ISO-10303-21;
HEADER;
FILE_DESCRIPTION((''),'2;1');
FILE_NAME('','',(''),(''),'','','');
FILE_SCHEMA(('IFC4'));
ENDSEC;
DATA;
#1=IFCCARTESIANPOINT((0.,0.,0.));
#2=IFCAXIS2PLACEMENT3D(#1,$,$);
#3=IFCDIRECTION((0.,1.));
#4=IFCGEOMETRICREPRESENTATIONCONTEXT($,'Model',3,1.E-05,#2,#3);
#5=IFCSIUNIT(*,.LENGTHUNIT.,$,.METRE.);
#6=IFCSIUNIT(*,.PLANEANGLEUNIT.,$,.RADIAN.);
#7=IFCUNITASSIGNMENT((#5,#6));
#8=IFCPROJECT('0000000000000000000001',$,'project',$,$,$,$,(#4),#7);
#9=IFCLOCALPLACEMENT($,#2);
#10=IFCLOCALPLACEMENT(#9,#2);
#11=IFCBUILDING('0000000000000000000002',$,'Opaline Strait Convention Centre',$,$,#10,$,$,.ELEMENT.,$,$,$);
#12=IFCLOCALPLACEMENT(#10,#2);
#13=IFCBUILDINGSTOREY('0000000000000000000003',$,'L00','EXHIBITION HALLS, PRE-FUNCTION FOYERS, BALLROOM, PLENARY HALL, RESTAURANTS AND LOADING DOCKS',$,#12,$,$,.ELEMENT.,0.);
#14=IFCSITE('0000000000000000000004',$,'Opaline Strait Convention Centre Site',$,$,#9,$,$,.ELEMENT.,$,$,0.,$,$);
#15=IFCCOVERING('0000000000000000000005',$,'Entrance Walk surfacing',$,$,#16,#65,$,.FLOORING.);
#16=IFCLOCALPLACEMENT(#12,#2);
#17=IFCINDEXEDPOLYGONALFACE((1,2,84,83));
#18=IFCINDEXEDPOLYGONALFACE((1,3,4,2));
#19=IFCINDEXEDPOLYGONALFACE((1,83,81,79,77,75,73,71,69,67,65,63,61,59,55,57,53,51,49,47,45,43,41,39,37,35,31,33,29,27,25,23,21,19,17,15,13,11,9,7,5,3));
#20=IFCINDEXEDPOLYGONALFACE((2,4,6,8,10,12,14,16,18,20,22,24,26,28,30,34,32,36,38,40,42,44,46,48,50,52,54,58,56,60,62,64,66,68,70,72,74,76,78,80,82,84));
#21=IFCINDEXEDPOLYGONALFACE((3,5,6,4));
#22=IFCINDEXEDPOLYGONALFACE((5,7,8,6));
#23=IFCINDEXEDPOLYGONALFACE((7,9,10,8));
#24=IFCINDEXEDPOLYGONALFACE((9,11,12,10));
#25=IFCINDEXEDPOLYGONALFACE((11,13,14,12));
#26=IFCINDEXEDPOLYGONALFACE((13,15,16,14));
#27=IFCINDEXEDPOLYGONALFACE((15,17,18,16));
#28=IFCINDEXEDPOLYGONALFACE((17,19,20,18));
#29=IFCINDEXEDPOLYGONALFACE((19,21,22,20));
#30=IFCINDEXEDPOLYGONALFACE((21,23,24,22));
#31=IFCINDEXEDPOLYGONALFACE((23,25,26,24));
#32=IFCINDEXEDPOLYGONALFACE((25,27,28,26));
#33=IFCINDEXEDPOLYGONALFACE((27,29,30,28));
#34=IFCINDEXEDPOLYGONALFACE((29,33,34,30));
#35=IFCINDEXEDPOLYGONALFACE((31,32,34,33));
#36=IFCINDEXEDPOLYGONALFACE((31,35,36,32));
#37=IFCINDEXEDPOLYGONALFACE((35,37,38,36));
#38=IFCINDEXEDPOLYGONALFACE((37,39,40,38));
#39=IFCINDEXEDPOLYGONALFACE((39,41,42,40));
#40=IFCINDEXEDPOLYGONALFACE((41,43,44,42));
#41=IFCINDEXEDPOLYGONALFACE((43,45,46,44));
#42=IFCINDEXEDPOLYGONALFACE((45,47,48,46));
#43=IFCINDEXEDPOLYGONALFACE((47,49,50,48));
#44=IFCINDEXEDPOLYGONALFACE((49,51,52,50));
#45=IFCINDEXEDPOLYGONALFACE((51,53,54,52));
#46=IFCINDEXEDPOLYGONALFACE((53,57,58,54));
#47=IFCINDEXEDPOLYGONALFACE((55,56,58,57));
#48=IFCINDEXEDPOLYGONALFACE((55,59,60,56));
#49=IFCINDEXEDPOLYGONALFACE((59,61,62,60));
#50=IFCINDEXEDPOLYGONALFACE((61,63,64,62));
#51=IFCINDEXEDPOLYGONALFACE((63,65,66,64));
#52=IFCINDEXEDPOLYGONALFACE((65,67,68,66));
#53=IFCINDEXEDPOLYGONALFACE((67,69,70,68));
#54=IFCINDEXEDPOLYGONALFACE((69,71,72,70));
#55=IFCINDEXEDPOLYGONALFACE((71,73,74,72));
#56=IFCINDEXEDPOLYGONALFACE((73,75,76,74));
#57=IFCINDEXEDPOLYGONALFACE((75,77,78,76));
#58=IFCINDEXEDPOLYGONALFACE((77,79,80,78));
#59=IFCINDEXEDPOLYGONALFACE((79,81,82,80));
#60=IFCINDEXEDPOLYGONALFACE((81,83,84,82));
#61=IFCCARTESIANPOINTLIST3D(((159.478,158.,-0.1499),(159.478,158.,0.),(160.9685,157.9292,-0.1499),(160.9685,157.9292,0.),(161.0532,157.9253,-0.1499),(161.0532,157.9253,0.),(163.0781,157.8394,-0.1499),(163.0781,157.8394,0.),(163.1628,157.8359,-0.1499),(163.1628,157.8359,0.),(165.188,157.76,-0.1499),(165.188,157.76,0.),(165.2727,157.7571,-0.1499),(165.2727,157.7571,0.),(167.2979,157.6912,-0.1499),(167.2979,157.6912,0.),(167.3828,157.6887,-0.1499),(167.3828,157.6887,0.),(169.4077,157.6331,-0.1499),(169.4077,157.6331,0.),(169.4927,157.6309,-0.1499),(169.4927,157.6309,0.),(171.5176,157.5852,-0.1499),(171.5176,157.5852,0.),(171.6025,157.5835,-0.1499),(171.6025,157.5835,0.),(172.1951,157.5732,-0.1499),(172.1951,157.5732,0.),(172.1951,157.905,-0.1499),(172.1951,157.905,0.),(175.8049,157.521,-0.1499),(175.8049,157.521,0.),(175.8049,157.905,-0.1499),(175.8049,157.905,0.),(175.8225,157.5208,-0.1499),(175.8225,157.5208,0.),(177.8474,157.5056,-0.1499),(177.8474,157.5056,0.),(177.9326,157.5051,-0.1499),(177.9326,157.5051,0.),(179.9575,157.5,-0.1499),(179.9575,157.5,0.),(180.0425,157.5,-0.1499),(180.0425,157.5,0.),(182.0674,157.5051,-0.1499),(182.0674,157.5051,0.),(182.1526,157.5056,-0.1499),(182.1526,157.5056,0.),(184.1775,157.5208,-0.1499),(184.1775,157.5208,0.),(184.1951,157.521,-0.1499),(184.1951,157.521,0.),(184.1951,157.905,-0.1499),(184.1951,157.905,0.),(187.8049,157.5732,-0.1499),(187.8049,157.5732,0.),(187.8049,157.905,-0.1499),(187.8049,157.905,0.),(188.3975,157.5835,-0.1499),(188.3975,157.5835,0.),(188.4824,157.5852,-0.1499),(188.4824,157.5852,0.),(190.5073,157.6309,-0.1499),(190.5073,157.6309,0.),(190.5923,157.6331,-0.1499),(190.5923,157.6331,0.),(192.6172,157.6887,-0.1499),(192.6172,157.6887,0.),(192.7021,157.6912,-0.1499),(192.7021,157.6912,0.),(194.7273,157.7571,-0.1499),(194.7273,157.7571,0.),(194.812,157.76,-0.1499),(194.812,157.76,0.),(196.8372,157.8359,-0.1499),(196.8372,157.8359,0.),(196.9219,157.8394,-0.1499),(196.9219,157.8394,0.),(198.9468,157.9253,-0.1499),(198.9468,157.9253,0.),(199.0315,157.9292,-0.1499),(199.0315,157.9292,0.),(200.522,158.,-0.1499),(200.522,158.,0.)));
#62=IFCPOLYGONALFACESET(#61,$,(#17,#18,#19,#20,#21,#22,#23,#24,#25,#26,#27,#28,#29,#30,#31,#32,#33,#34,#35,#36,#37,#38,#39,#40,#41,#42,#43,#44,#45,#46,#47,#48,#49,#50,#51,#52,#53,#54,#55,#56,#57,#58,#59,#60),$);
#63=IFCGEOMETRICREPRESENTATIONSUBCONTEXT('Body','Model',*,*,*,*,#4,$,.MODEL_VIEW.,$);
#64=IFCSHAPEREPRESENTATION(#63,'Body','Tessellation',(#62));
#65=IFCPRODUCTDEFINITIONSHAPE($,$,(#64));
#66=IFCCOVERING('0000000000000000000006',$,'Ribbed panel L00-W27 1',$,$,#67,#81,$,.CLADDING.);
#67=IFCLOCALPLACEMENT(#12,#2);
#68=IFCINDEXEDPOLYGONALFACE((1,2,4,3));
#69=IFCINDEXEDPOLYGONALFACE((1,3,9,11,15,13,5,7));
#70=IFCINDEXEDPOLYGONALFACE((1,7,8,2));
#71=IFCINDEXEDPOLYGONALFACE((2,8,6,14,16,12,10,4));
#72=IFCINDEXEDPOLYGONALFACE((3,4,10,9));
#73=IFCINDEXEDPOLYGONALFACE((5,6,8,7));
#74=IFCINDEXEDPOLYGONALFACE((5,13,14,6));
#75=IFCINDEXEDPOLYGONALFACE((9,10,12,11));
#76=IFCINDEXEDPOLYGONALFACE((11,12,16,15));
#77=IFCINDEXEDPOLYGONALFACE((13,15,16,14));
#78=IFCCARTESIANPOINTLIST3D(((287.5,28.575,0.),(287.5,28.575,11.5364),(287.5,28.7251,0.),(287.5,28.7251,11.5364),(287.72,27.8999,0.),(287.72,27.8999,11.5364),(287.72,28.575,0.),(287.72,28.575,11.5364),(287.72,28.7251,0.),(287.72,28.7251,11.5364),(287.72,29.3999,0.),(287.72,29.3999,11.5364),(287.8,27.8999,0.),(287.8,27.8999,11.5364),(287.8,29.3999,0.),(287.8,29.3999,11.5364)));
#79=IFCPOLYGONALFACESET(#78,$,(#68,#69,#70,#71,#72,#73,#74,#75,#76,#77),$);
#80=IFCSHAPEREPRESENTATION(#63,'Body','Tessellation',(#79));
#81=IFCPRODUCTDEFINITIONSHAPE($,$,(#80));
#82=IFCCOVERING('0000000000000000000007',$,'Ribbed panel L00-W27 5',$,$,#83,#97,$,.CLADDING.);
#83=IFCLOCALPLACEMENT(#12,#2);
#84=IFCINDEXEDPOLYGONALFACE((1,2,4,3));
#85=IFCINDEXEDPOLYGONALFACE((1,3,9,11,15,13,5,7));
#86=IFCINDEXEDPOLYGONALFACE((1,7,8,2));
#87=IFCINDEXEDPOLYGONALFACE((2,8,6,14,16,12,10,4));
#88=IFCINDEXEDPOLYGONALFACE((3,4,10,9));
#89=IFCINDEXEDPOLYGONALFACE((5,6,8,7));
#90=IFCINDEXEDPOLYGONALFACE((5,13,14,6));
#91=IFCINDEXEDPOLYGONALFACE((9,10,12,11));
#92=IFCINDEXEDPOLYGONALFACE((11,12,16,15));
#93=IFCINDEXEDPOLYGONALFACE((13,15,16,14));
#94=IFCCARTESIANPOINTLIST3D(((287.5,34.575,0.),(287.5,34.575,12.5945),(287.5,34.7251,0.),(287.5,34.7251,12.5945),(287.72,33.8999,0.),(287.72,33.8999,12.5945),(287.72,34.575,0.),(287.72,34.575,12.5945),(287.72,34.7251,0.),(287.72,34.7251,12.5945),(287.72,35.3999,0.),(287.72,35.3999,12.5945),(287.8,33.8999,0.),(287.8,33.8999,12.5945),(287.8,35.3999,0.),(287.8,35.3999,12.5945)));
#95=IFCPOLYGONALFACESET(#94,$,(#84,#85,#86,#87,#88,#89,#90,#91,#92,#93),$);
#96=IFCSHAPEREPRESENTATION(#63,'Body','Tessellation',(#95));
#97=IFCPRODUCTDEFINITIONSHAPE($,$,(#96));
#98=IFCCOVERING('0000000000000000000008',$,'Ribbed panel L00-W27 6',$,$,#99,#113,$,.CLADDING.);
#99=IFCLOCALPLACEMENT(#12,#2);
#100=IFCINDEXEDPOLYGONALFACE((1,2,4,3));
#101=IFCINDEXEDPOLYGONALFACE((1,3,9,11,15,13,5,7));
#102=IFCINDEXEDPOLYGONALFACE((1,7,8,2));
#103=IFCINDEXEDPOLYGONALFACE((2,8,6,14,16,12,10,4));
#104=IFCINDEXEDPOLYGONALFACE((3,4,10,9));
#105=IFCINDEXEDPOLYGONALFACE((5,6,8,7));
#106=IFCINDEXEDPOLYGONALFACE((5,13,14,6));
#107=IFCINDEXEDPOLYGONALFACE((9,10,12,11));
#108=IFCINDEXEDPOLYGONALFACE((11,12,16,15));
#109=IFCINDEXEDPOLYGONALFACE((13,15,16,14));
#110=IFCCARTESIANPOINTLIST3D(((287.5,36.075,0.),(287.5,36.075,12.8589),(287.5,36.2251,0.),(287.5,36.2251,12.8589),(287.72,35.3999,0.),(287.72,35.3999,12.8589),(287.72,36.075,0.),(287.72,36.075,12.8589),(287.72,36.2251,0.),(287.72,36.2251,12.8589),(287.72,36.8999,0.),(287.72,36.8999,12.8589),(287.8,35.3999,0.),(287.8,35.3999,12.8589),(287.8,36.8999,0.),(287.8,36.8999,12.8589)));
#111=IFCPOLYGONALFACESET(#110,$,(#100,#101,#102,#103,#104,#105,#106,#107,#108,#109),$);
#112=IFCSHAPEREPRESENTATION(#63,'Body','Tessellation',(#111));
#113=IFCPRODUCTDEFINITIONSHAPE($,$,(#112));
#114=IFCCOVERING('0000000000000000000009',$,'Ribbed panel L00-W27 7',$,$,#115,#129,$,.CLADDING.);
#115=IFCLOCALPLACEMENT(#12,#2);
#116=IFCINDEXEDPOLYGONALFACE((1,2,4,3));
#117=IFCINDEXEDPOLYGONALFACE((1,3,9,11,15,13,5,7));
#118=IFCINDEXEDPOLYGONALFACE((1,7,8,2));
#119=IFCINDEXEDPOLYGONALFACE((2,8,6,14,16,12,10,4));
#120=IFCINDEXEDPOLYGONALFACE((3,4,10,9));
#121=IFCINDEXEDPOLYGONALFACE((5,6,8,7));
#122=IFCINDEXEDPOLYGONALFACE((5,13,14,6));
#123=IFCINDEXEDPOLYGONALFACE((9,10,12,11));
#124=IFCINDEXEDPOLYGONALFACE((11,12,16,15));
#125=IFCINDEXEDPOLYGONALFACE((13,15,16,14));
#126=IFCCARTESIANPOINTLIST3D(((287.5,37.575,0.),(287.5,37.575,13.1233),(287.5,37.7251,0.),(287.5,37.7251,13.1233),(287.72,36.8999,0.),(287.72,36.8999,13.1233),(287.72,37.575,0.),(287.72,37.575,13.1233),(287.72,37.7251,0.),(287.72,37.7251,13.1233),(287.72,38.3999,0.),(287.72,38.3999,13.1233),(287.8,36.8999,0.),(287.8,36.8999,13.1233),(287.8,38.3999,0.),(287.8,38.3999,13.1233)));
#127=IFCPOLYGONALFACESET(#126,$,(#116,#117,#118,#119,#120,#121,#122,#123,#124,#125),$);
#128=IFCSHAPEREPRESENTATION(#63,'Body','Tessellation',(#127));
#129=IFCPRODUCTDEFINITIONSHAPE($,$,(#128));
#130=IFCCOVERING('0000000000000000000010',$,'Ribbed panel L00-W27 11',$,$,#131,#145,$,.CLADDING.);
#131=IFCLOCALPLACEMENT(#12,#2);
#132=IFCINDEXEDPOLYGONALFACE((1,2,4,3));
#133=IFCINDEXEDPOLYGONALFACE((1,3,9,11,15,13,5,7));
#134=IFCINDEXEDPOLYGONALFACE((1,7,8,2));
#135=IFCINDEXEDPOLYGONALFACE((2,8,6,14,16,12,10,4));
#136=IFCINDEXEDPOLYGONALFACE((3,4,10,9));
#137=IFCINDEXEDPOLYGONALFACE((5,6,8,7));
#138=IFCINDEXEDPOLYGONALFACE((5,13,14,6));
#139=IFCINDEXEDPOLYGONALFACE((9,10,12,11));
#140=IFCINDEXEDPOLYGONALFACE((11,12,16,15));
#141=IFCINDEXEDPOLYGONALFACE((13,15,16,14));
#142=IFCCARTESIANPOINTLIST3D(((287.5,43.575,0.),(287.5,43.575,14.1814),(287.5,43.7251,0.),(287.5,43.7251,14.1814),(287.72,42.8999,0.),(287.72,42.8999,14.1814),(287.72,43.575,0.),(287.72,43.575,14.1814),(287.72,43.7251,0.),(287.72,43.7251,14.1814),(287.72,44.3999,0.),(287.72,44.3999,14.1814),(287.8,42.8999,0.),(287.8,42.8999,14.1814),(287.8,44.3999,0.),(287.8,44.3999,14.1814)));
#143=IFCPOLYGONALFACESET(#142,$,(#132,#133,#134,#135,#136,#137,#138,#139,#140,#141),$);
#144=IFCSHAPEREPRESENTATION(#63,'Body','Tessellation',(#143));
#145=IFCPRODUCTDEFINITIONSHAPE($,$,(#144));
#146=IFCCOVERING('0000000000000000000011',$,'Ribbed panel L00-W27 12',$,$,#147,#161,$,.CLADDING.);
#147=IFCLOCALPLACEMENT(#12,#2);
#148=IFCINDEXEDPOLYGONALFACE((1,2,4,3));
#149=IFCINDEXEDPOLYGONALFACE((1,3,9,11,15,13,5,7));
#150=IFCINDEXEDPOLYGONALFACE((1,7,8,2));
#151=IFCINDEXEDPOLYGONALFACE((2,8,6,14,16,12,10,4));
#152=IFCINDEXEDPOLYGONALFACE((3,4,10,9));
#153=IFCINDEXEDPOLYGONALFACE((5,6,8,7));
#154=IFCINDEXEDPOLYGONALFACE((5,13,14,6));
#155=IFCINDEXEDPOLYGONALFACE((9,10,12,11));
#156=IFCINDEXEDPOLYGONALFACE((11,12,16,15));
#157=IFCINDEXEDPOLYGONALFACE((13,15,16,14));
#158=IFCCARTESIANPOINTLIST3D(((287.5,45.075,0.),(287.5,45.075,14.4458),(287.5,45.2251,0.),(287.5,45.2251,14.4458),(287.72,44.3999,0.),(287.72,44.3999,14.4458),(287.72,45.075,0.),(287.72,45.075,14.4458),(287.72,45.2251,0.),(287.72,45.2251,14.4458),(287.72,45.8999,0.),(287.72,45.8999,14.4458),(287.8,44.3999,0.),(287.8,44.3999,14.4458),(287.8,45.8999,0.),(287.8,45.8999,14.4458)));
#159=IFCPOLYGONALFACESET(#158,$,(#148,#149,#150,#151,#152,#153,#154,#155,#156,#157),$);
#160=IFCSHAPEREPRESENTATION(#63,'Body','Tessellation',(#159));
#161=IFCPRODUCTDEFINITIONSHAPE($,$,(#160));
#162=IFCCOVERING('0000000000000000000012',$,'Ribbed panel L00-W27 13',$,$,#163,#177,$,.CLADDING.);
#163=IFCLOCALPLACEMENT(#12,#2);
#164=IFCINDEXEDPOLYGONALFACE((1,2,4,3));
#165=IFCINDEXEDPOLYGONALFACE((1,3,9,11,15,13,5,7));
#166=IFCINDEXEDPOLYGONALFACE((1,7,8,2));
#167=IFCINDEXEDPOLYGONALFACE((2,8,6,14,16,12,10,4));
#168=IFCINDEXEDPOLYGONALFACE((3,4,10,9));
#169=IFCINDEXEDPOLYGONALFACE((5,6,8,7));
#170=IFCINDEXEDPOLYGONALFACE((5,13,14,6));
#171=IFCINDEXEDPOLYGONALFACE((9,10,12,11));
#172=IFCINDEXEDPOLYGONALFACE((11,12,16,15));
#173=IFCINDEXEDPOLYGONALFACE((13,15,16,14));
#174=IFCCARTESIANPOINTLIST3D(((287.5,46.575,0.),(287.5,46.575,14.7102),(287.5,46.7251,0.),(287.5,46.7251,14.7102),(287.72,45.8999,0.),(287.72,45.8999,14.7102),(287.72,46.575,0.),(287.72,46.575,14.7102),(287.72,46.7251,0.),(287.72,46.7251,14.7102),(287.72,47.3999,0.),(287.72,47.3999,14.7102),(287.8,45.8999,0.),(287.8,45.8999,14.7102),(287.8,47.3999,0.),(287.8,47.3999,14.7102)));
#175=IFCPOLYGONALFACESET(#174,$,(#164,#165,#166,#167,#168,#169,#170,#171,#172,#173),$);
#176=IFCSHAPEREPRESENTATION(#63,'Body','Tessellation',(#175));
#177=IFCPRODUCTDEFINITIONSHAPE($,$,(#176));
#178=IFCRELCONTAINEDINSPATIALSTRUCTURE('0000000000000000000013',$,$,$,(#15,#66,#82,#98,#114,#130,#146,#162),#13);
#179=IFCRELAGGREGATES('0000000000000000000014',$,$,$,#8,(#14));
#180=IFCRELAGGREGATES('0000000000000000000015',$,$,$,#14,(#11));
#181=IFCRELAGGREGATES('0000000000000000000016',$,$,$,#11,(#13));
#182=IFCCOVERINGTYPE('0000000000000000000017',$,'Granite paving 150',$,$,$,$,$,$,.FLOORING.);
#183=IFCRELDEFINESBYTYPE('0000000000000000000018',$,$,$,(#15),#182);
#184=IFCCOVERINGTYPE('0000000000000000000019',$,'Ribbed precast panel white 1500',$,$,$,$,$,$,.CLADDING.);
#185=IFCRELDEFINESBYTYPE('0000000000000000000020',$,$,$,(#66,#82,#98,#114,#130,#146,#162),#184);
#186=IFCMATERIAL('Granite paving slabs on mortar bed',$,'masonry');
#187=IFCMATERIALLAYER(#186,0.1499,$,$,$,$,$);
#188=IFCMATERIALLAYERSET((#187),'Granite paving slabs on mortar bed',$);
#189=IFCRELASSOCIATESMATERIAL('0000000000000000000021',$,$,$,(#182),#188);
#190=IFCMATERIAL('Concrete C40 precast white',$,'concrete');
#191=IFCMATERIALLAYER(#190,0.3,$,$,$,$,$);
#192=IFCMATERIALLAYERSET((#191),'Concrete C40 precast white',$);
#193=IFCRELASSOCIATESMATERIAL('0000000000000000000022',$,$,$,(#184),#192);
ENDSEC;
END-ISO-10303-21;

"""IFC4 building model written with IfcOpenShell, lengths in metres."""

from ifc_helpers import new_model, si_unit, direction, frame, origin, place, context, subcontext, project, spatial, polyline, outline, extrude, material, layer, layer_set, type_object, element, save


model = new_model("IFC4")

# Units and contexts
model_context = context("Model", 3, precision=1e-05, world=origin(), true_north=direction((0.0, 1.0)))
body_context = subcontext(model_context, "Body", "Model", "MODEL_VIEW")
ifc_project = project(units=[si_unit("LENGTHUNIT", "METRE"), si_unit("PLANEANGLEUNIT", "RADIAN")], contexts=[model_context])

# Site, building, storey
site_placement = place(None, origin())
site = spatial("IfcSite", under=ifc_project, at=site_placement, Name="Opaline Strait Convention Centre Site", CompositionType="ELEMENT", RefElevation=0.0)
building_placement = place(site_placement, origin())
building = spatial("IfcBuilding", under=site, at=building_placement, Name="Opaline Strait Convention Centre", CompositionType="ELEMENT")
storey_placement = place(building_placement, origin())
storey = spatial("IfcBuildingStorey", under=building, at=storey_placement, Name="L00", Description="EXHIBITION HALLS, PRE-FUNCTION FOYERS, BALLROOM, PLENARY HALL, RESTAURANTS AND LOADING DOCKS", CompositionType="ELEMENT", Elevation=0.0)

# Coverings
ifc_material_1 = material(Name="Granite paving slabs on mortar bed", Category="masonry")
ifc_layer_1 = layer(ifc_material_1, 0.1499)
ifc_layer_set_1 = layer_set([ifc_layer_1], Name="Granite paving slabs on mortar bed")
covering_type_1 = type_object("IfcCoveringType", Name="Granite paving 150", PredefinedType="FLOORING", material=ifc_layer_set_1)
covering_1_placement = place(storey_placement, frame((0.0, 0.0, -0.1499)))
element("IfcCovering", 1, at=covering_1_placement, inside=storey, type_object=covering_type_1, Name="Entrance Walk surfacing", PredefinedType="FLOORING", context=body_context, shape_type="SweptSolid", body=[
    extrude(outline(polyline([(198.9468, 157.9253), (199.0315, 157.9292), (200.522, 158.0), (159.478, 158.0), (160.9685, 157.9292), (161.0532, 157.9253), (163.0781, 157.8394), (163.1628, 157.8359), (165.188, 157.76), (165.2727, 157.7571), (167.2979, 157.6912), (167.3828, 157.6887), (169.4077, 157.6331), (169.4927, 157.6309), (171.5176, 157.5852), (171.6025, 157.5835), (172.1951, 157.5732), (172.1951, 157.905), (175.8049, 157.905), (175.8049, 157.521), (175.8225, 157.5208), (177.8474, 157.5056), (177.9326, 157.5051), (179.9575, 157.5), (180.0425, 157.5), (182.0674, 157.5051), (182.1526, 157.5056), (184.1775, 157.5208), (184.1951, 157.521), (184.1951, 157.905), (187.8049, 157.905), (187.8049, 157.5732), (188.3975, 157.5835), (188.4824, 157.5852), (190.5073, 157.6309), (190.5923, 157.6331), (192.6172, 157.6887), (192.7021, 157.6912), (194.7273, 157.7571), (194.812, 157.76), (196.8372, 157.8359), (196.9219, 157.8394), (198.9468, 157.9253)])), origin(), (0.0, 0.0, 1.0), 0.1499),
])
ifc_material_2 = material(Name="Concrete C40 precast white", Category="concrete")
ifc_layer_2 = layer(ifc_material_2, 0.3)
ifc_layer_set_2 = layer_set([ifc_layer_2], Name="Concrete C40 precast white")
covering_type_2 = type_object("IfcCoveringType", Name="Ribbed precast panel white 1500", PredefinedType="CLADDING", material=ifc_layer_set_2)
covering_2_placement = place(storey_placement, origin())
element("IfcCovering", 2, at=covering_2_placement, inside=storey, type_object=covering_type_2, Name="Ribbed panel L00-W27 1", PredefinedType="CLADDING", context=body_context, shape_type="SweptSolid", body=[
    extrude(outline(polyline([(287.8, 27.8999), (287.8, 29.3999), (287.72, 29.3999), (287.72, 28.7251), (287.5, 28.7251), (287.5, 28.575), (287.72, 28.575), (287.72, 27.8999), (287.8, 27.8999)])), origin(), (0.0, 0.0, 1.0), 11.5364),
])
covering_3_placement = place(storey_placement, origin())
element("IfcCovering", 3, at=covering_3_placement, inside=storey, type_object=covering_type_2, Name="Ribbed panel L00-W27 5", PredefinedType="CLADDING", context=body_context, shape_type="SweptSolid", body=[
    extrude(outline(polyline([(287.8, 33.8999), (287.8, 35.3999), (287.72, 35.3999), (287.72, 34.7251), (287.5, 34.7251), (287.5, 34.575), (287.72, 34.575), (287.72, 33.8999), (287.8, 33.8999)])), origin(), (0.0, 0.0, 1.0), 12.5945),
])
covering_4_placement = place(storey_placement, origin())
element("IfcCovering", 4, at=covering_4_placement, inside=storey, type_object=covering_type_2, Name="Ribbed panel L00-W27 6", PredefinedType="CLADDING", context=body_context, shape_type="SweptSolid", body=[
    extrude(outline(polyline([(287.8, 35.3999), (287.8, 36.8999), (287.72, 36.8999), (287.72, 36.2251), (287.5, 36.2251), (287.5, 36.075), (287.72, 36.075), (287.72, 35.3999), (287.8, 35.3999)])), origin(), (0.0, 0.0, 1.0), 12.8589),
])
covering_5_placement = place(storey_placement, origin())
element("IfcCovering", 5, at=covering_5_placement, inside=storey, type_object=covering_type_2, Name="Ribbed panel L00-W27 7", PredefinedType="CLADDING", context=body_context, shape_type="SweptSolid", body=[
    extrude(outline(polyline([(287.8, 36.8999), (287.8, 38.3999), (287.72, 38.3999), (287.72, 37.7251), (287.5, 37.7251), (287.5, 37.575), (287.72, 37.575), (287.72, 36.8999), (287.8, 36.8999)])), origin(), (0.0, 0.0, 1.0), 13.1233),
])
covering_6_placement = place(storey_placement, origin())
element("IfcCovering", 6, at=covering_6_placement, inside=storey, type_object=covering_type_2, Name="Ribbed panel L00-W27 11", PredefinedType="CLADDING", context=body_context, shape_type="SweptSolid", body=[
    extrude(outline(polyline([(287.8, 42.8999), (287.8, 44.3999), (287.72, 44.3999), (287.72, 43.7251), (287.5, 43.7251), (287.5, 43.575), (287.72, 43.575), (287.72, 42.8999), (287.8, 42.8999)])), origin(), (0.0, 0.0, 1.0), 14.1814),
])
covering_7_placement = place(storey_placement, origin())
element("IfcCovering", 7, at=covering_7_placement, inside=storey, type_object=covering_type_2, Name="Ribbed panel L00-W27 12", PredefinedType="CLADDING", context=body_context, shape_type="SweptSolid", body=[
    extrude(outline(polyline([(287.8, 44.3999), (287.8, 45.8999), (287.72, 45.8999), (287.72, 45.2251), (287.5, 45.2251), (287.5, 45.075), (287.72, 45.075), (287.72, 44.3999), (287.8, 44.3999)])), origin(), (0.0, 0.0, 1.0), 14.4458),
])
covering_8_placement = place(storey_placement, origin())
element("IfcCovering", 8, at=covering_8_placement, inside=storey, type_object=covering_type_2, Name="Ribbed panel L00-W27 13", PredefinedType="CLADDING", context=body_context, shape_type="SweptSolid", body=[
    extrude(outline(polyline([(287.8, 45.8999), (287.8, 47.3999), (287.72, 47.3999), (287.72, 46.7251), (287.5, 46.7251), (287.5, 46.575), (287.72, 46.575), (287.72, 45.8999), (287.8, 45.8999)])), origin(), (0.0, 0.0, 1.0), 14.7102),
])

save(model, "model.ifc")
